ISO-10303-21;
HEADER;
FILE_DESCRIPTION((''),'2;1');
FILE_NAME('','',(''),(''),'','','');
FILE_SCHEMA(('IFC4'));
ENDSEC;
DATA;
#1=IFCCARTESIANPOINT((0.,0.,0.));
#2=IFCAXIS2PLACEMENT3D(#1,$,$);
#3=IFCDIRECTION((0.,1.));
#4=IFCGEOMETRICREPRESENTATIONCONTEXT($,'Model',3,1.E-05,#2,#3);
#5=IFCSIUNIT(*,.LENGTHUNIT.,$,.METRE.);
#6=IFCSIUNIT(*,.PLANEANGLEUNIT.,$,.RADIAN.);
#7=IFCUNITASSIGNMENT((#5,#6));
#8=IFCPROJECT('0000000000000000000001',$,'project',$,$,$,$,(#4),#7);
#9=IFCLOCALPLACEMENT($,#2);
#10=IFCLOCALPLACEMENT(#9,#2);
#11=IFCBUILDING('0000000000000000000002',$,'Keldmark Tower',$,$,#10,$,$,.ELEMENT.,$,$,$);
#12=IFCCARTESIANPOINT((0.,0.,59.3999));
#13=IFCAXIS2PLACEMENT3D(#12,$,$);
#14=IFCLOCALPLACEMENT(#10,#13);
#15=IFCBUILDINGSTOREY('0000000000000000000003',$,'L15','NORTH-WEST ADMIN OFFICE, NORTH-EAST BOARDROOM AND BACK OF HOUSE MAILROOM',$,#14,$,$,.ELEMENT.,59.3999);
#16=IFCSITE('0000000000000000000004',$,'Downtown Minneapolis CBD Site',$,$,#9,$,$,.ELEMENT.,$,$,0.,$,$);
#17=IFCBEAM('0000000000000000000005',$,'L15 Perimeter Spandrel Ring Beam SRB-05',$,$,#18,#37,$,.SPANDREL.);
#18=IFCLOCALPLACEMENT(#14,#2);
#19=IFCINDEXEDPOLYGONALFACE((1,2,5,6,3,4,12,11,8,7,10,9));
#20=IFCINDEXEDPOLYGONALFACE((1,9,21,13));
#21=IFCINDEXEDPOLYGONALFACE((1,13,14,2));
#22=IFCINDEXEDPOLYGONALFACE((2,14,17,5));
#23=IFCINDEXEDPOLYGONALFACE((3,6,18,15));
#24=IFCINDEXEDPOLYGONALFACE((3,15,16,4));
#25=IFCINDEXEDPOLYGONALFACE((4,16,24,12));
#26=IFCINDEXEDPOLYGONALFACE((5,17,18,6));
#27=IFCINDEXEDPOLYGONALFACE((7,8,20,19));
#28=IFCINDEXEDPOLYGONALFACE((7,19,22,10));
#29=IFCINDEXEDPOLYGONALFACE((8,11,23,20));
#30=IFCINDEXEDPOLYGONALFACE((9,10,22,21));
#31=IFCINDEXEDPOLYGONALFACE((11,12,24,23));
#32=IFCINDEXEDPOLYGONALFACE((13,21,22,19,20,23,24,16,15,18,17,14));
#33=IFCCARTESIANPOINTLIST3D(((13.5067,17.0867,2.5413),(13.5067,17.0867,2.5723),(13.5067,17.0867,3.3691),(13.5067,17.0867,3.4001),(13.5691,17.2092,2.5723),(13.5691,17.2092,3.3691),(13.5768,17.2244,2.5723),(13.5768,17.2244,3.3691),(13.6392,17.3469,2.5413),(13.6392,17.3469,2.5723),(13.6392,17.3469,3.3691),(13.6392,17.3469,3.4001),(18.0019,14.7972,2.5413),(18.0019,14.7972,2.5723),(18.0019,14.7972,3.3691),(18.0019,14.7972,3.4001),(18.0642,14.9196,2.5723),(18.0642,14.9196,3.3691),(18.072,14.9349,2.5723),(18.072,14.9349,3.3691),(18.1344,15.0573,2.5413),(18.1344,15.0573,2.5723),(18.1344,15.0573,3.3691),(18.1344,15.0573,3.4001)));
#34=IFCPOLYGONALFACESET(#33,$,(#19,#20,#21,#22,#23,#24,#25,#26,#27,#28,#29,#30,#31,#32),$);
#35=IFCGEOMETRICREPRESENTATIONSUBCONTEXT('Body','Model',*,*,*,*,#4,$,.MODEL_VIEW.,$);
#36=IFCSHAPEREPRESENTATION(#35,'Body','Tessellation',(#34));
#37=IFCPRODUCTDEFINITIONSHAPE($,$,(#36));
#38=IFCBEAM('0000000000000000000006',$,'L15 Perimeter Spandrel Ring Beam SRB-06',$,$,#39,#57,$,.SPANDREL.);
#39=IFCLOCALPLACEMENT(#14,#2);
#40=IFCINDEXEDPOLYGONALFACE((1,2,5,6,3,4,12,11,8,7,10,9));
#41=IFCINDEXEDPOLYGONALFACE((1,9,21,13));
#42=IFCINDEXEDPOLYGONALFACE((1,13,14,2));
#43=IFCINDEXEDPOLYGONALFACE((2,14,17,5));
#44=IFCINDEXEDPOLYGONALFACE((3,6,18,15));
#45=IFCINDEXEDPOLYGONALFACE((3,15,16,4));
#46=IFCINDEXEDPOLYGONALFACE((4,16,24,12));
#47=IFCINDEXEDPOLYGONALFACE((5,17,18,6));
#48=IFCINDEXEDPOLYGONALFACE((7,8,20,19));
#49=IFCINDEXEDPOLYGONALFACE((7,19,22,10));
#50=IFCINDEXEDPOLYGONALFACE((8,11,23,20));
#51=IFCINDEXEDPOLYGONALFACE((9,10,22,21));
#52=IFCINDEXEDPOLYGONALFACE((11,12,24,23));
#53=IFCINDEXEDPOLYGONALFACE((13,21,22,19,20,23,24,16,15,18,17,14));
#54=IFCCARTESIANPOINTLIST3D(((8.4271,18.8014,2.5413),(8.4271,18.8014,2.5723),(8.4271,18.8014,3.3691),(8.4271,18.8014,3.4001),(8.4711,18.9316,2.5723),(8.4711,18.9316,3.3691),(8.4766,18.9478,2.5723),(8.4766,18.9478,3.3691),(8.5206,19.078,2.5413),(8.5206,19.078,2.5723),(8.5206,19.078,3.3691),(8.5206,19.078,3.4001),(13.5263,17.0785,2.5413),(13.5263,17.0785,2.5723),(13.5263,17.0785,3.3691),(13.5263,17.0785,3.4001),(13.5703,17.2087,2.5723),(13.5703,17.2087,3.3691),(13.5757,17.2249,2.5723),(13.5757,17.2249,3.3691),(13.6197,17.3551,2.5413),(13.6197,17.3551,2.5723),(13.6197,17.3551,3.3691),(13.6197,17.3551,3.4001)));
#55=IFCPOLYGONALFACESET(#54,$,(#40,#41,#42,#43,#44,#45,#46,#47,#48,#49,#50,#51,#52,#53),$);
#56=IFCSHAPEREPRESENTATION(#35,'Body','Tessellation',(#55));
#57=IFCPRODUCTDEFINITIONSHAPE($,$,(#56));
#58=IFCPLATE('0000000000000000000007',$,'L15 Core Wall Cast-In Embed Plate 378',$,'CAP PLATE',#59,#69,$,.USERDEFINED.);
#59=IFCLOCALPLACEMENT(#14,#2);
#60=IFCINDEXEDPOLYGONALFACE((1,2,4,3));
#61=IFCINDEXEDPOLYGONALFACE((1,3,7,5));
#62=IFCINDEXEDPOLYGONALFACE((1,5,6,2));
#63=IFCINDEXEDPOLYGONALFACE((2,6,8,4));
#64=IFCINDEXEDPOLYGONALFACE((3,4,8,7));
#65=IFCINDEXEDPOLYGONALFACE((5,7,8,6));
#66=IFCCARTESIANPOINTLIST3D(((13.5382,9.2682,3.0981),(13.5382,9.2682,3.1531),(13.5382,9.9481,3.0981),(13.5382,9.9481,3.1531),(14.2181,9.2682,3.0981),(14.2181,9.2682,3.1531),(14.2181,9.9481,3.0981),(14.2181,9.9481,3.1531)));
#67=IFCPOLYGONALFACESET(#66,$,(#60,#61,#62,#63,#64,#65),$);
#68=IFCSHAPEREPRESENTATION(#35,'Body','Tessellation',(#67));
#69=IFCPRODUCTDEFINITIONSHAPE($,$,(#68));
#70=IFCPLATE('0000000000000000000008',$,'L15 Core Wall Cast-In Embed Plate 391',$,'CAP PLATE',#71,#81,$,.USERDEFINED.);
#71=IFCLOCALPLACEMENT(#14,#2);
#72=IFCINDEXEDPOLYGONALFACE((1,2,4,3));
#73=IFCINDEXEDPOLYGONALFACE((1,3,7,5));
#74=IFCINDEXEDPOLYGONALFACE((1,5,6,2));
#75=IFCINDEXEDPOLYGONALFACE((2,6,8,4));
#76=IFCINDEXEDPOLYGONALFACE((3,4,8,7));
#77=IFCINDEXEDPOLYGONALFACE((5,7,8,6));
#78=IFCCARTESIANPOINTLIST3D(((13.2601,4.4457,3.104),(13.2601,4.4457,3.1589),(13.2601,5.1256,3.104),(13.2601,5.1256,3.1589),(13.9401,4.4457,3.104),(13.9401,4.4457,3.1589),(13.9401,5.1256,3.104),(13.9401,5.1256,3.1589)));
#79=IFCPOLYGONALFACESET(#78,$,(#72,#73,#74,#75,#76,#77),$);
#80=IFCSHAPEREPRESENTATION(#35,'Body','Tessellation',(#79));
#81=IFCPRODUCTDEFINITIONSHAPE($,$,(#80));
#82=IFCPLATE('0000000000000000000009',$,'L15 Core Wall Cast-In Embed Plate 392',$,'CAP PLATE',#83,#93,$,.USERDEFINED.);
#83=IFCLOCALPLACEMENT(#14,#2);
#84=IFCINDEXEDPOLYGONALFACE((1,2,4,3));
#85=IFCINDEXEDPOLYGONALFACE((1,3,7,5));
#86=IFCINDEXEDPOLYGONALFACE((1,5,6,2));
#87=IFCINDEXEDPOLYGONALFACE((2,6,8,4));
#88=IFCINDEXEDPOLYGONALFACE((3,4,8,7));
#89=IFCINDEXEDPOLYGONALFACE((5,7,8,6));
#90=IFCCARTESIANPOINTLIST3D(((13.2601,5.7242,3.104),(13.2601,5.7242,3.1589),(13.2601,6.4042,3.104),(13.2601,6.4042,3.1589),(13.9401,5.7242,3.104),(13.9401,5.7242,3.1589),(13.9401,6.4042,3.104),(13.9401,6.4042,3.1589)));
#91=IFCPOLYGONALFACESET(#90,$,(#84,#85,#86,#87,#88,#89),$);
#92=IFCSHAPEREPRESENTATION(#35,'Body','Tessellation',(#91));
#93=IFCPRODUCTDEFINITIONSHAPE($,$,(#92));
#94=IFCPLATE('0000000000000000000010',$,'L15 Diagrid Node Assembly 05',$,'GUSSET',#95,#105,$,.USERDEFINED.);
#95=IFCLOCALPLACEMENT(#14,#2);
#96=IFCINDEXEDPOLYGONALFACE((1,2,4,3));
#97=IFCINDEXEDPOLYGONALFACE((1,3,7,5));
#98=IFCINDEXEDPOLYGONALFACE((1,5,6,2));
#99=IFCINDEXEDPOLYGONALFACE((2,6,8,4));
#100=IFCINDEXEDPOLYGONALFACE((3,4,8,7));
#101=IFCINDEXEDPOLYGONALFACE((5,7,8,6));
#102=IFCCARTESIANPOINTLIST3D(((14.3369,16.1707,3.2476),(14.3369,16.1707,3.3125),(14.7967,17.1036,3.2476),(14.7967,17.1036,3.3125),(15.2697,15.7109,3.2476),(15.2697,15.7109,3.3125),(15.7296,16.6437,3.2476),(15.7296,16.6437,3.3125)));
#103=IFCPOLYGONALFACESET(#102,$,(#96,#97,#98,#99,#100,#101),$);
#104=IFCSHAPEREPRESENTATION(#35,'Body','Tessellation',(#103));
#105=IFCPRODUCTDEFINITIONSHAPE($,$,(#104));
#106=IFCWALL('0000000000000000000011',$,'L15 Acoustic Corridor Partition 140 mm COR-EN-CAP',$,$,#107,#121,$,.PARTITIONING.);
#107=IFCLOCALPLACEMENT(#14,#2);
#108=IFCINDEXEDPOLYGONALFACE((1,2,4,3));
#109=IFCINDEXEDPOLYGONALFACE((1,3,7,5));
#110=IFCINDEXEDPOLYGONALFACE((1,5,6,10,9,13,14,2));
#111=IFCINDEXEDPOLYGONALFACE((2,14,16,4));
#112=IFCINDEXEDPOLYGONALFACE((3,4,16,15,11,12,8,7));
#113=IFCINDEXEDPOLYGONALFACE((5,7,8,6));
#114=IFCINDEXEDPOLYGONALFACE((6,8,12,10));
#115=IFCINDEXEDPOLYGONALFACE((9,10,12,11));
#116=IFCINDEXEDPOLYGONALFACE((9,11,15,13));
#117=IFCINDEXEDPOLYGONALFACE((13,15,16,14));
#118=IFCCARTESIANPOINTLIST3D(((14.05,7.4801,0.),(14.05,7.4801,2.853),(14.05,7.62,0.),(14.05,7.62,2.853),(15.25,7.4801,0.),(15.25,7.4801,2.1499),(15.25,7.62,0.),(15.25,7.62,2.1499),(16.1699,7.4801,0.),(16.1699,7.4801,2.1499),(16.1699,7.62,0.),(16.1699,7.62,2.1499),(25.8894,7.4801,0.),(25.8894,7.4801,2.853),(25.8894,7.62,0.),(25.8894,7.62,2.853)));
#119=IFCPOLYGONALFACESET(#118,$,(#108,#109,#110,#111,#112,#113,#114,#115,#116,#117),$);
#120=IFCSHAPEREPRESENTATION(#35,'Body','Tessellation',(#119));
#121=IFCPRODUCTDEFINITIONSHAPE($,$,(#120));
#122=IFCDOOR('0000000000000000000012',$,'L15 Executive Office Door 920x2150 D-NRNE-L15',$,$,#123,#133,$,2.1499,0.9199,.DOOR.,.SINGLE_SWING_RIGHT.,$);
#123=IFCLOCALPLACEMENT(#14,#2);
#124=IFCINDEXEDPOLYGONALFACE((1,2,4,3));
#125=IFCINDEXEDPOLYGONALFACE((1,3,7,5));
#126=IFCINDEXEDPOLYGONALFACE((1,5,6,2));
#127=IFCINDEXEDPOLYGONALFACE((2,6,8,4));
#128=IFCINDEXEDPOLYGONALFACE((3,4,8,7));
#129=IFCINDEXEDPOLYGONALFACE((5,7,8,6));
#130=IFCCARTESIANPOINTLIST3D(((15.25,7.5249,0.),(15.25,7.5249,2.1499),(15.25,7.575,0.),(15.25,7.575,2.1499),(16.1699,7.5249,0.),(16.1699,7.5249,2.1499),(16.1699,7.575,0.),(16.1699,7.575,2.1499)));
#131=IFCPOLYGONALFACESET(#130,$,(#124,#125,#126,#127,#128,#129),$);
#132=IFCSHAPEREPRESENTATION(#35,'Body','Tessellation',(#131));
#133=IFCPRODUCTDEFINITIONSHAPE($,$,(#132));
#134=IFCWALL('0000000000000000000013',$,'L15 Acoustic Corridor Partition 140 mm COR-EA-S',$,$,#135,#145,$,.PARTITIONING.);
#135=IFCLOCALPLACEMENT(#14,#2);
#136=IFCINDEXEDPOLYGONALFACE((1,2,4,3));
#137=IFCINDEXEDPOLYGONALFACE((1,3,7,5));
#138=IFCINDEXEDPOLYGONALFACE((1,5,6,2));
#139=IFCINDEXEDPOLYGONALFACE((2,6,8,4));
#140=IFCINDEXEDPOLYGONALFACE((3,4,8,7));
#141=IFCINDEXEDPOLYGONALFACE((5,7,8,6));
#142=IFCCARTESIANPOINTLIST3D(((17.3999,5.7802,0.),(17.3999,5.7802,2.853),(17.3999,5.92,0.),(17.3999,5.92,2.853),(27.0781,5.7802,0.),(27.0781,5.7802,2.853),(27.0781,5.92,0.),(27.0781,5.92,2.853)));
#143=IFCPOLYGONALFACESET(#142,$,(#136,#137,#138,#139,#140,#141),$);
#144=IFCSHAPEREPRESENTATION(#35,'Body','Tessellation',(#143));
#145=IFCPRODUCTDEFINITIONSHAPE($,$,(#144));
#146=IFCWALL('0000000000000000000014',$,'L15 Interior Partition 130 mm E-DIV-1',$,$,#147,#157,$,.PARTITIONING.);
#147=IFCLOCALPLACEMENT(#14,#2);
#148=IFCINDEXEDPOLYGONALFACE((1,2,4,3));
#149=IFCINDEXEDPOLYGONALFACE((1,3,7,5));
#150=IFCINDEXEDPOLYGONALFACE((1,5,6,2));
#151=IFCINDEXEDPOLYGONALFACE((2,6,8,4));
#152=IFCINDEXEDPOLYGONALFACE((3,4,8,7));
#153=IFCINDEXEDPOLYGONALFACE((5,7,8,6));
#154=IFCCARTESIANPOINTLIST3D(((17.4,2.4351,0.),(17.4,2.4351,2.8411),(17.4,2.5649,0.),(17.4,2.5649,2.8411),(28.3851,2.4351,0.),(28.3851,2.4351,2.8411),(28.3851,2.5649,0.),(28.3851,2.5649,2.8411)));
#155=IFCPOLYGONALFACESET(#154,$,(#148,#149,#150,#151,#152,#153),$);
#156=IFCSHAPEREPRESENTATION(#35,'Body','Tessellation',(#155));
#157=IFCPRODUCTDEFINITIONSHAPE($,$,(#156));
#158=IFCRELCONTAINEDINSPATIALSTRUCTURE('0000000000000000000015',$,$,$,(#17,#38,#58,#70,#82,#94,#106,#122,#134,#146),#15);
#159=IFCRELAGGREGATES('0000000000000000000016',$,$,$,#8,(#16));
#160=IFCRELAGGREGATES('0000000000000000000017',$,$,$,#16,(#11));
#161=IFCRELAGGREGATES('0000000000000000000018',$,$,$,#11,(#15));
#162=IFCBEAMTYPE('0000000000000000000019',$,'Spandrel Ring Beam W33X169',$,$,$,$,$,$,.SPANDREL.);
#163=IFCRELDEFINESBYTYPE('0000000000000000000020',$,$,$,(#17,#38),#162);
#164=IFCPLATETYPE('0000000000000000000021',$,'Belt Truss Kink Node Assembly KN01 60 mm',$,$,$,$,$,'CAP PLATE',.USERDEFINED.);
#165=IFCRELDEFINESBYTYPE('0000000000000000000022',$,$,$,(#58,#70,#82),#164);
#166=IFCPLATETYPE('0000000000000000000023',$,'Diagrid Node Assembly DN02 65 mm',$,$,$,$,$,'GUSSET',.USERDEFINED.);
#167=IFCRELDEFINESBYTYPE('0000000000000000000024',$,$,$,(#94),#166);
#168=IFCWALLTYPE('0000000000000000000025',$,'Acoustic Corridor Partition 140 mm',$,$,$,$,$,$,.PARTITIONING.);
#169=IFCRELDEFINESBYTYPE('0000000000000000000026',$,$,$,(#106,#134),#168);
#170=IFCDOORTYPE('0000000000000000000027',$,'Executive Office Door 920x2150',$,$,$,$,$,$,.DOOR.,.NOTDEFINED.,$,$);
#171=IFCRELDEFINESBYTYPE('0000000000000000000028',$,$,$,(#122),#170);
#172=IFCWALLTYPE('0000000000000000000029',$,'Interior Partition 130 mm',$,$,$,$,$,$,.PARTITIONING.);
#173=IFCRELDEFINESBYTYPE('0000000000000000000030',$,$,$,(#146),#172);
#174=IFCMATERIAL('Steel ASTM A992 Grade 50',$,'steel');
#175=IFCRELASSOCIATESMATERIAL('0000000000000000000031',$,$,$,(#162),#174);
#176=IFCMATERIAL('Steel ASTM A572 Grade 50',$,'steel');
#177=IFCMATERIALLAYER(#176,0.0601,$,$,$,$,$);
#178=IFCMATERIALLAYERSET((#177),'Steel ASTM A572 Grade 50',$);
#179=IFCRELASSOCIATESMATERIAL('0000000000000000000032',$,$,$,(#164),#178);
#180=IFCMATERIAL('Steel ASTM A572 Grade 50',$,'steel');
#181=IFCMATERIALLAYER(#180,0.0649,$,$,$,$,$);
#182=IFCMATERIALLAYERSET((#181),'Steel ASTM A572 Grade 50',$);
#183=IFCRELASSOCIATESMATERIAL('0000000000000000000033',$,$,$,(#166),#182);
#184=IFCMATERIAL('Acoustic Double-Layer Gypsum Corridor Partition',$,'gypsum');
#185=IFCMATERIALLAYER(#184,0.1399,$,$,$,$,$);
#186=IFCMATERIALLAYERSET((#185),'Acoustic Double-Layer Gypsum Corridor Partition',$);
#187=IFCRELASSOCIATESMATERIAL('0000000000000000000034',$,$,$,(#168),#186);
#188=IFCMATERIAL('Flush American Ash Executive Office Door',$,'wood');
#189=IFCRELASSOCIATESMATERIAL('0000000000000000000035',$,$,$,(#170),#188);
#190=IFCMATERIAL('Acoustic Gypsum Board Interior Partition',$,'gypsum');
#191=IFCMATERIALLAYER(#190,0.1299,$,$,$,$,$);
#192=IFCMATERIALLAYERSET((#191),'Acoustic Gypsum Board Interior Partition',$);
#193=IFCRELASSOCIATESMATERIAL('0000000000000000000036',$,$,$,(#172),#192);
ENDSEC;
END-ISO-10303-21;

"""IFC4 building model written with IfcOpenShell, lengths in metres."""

from ifc_helpers import new_model, si_unit, direction, frame, frame_2d, origin, origin_2d, place, context, subcontext, project, spatial, rectangle, i_section, extrude, material, layer, layer_set, material_profile, profile_set, type_object, element, fill, save


model = new_model("IFC4")

# Units and contexts
model_context = context("Model", 3, precision=1e-05, world=origin(), true_north=direction((0.0, 1.0)))
body_context = subcontext(model_context, "Body", "Model", "MODEL_VIEW")
ifc_project = project(units=[si_unit("LENGTHUNIT", "METRE"), si_unit("PLANEANGLEUNIT", "RADIAN")], contexts=[model_context])

# Site, building, storey
site_placement = place(None, origin())
site = spatial("IfcSite", under=ifc_project, at=site_placement, Name="Downtown Minneapolis CBD Site", CompositionType="ELEMENT", RefElevation=0.0)
building_placement = place(site_placement, origin())
building = spatial("IfcBuilding", under=site, at=building_placement, Name="Keldmark Tower", CompositionType="ELEMENT")
storey_placement = place(building_placement, frame((0.0, 0.0, 59.3999)))
storey = spatial("IfcBuildingStorey", under=building, at=storey_placement, Name="L15", Description="NORTH-WEST ADMIN OFFICE, NORTH-EAST BOARDROOM AND BACK OF HOUSE MAILROOM", CompositionType="ELEMENT", Elevation=59.3999)

# Beams
ifc_material_1 = material(Name="Steel ASTM A992 Grade 50", Category="steel")
ifc_material_profile_1 = material_profile(ifc_material_1, i_section(OverallWidth=0.292, OverallDepth=0.8589, WebThickness=0.0171, FlangeThickness=0.031, at=origin_2d()), Name="W33X169")
ifc_profile_set_1 = profile_set([ifc_material_profile_1], Name="Steel ASTM A992 Grade 50")
beam_type_1 = type_object("IfcBeamType", Name="Spandrel Ring Beam W33X169", PredefinedType="SPANDREL", material=ifc_profile_set_1)
beam_1_placement = place(storey_placement, frame((18.0681, 14.9272, 2.9707), z_axis=(-0.891073, 0.453861, 0.0), x_axis=(-0.453861, -0.891073, 0.0)))
element("IfcBeam", 1, at=beam_1_placement, inside=storey, type_object=beam_type_1, Name="L15 Perimeter Spandrel Ring Beam SRB-05", PredefinedType="SPANDREL", context=body_context, shape_type="SweptSolid", body=[
    extrude(i_section(OverallWidth=0.292, OverallDepth=0.8589, WebThickness=0.0171, FlangeThickness=0.031, at=origin_2d()), origin(), (0.0, 0.0, 1.0), 5.0447),
])
beam_2_placement = place(storey_placement, frame((13.573, 17.2168, 2.9707), z_axis=(-0.947383, 0.320103, 0.0), x_axis=(-0.320103, -0.947383, 0.0)))
element("IfcBeam", 2, at=beam_2_placement, inside=storey, type_object=beam_type_1, Name="L15 Perimeter Spandrel Ring Beam SRB-06", PredefinedType="SPANDREL", context=body_context, shape_type="SweptSolid", body=[
    extrude(i_section(OverallWidth=0.292, OverallDepth=0.8589, WebThickness=0.0171, FlangeThickness=0.031, at=origin_2d()), origin(), (0.0, 0.0, 1.0), 5.3823),
])

# Plates
ifc_material_2 = material(Name="Steel ASTM A572 Grade 50", Category="steel")
ifc_layer_1 = layer(ifc_material_2, 0.0601)
ifc_layer_set_1 = layer_set([ifc_layer_1], Name="Steel ASTM A572 Grade 50")
plate_type_1 = type_object("IfcPlateType", Name="Belt Truss Kink Node Assembly KN01 60 mm", ElementType="CAP PLATE", PredefinedType="USERDEFINED", material=ifc_layer_set_1)
for number, where, z_axis, x_axis, name in (
    (3, (13.8782, 9.6082, 3.0981), (0.0, 0.0, 1.0), (1.0, 0.0, 0.0), "L15 Core Wall Cast-In Embed Plate 378"),
    (4, (13.6001, 4.7856, 3.104), (0.0, 0.0, 1.0), (1.0, 0.0, 0.0), "L15 Core Wall Cast-In Embed Plate 391"),
    (5, (13.6001, 6.0642, 3.104), (0.0, 0.0, 1.0), (1.0, 0.0, 0.0), "L15 Core Wall Cast-In Embed Plate 392"),
):
    element("IfcPlate", number, at=place(storey_placement, frame(where, z_axis=z_axis, x_axis=x_axis)), inside=storey, type_object=plate_type_1, Name=name, ObjectType="CAP PLATE", PredefinedType="USERDEFINED", context=body_context, shape_type="SweptSolid", body=[
        extrude(rectangle(XDim=0.6799, YDim=0.6799, at=origin_2d()), origin(), (0.0, 0.0, 1.0), 0.0549),
    ])
ifc_material_3 = material(Name="Steel ASTM A572 Grade 50", Category="steel")
ifc_layer_2 = layer(ifc_material_3, 0.0649)
ifc_layer_set_2 = layer_set([ifc_layer_2], Name="Steel ASTM A572 Grade 50")
plate_type_2 = type_object("IfcPlateType", Name="Diagrid Node Assembly DN02 65 mm", ElementType="GUSSET", PredefinedType="USERDEFINED", material=ifc_layer_set_2)
plate_placement = place(storey_placement, frame((15.0332, 16.4072, 3.2476), z_axis=(0.0, 0.0, 1.0), x_axis=(-0.89695, 0.442132, 0.0)))
element("IfcPlate", 6, at=plate_placement, inside=storey, type_object=plate_type_2, Name="L15 Diagrid Node Assembly 05", ObjectType="GUSSET", PredefinedType="USERDEFINED", context=body_context, shape_type="SweptSolid", body=[
    extrude(rectangle(XDim=1.04, YDim=1.04, at=origin_2d()), origin(), (0.0, 0.0, 1.0), 0.0649),
])

# Wall, opening, door
ifc_material_4 = material(Name="Acoustic Double-Layer Gypsum Corridor Partition", Category="gypsum")
ifc_layer_3 = layer(ifc_material_4, 0.1399)
ifc_layer_set_3 = layer_set([ifc_layer_3], Name="Acoustic Double-Layer Gypsum Corridor Partition")
wall_type_1 = type_object("IfcWallType", Name="Acoustic Corridor Partition 140 mm", PredefinedType="PARTITIONING", material=ifc_layer_set_3)
wall_1_placement = place(storey_placement, frame((14.05, 7.55, 0.0), z_axis=(0.0, 0.0, 1.0), x_axis=(1.0, 0.0, 0.0)))
wall_1 = element("IfcWall", 7, at=wall_1_placement, inside=storey, type_object=wall_type_1, Name="L15 Acoustic Corridor Partition 140 mm COR-EN-CAP", PredefinedType="PARTITIONING", context=body_context, shape_type="SweptSolid", body=[
    extrude(rectangle(XDim=11.8394, YDim=0.1399, at=frame_2d((5.9197, 0.0))), origin(), (0.0, 0.0, 1.0), 2.853),
])
opening_1_placement = place(wall_1_placement, frame((1.2, 0.0, 0.0)))
opening_1 = element("IfcOpeningElement", 8, at=opening_1_placement, cuts=wall_1, PredefinedType="OPENING", context=body_context, shape_type="SweptSolid", body=[
    extrude(rectangle(XDim=0.9199, YDim=2.1499, at=frame_2d((0.46, 1.075))), frame((0.0, 0.0798, 0.0), z_axis=(0.0, -1.0, 0.0), x_axis=(1.0, 0.0, 0.0)), (0.0, 0.0, 1.0), 0.1599),
])
ifc_material_5 = material(Name="Flush American Ash Executive Office Door", Category="wood")
door_type = type_object("IfcDoorType", Name="Executive Office Door 920x2150", OperationType="NOTDEFINED", PredefinedType="DOOR", material=ifc_material_5)
door_placement = place(opening_1_placement, origin())
door = element("IfcDoor", 9, at=door_placement, inside=storey, type_object=door_type, Name="L15 Executive Office Door 920x2150 D-NRNE-L15", OperationType="SINGLE_SWING_RIGHT", OverallHeight=2.1499, OverallWidth=0.9199, PredefinedType="DOOR", context=body_context, shape_type="SweptSolid", body=[
    extrude(rectangle(XDim=0.9199, YDim=2.1499, at=frame_2d((0.46, 1.075))), frame((0.0, 0.0249, 0.0), z_axis=(0.0, -1.0, 0.0), x_axis=(1.0, 0.0, 0.0)), (0.0, 0.0, 1.0), 0.05),
])
fill(opening_1, door)

# Walls
wall_2_placement = place(storey_placement, frame((17.3999, 5.8501, 0.0), z_axis=(0.0, 0.0, 1.0), x_axis=(1.0, 0.0, 0.0)))
element("IfcWall", 10, at=wall_2_placement, inside=storey, type_object=wall_type_1, Name="L15 Acoustic Corridor Partition 140 mm COR-EA-S", PredefinedType="PARTITIONING", context=body_context, shape_type="SweptSolid", body=[
    extrude(rectangle(XDim=9.6782, YDim=0.1399, at=frame_2d((4.8391, 0.0))), origin(), (0.0, 0.0, 1.0), 2.853),
])
ifc_material_6 = material(Name="Acoustic Gypsum Board Interior Partition", Category="gypsum")
ifc_layer_4 = layer(ifc_material_6, 0.1299)
ifc_layer_set_4 = layer_set([ifc_layer_4], Name="Acoustic Gypsum Board Interior Partition")
wall_type_2 = type_object("IfcWallType", Name="Interior Partition 130 mm", PredefinedType="PARTITIONING", material=ifc_layer_set_4)
wall_3_placement = place(storey_placement, frame((17.3999, 2.5, 0.0), z_axis=(0.0, 0.0, 1.0), x_axis=(1.0, 0.0, 0.0)))
element("IfcWall", 11, at=wall_3_placement, inside=storey, type_object=wall_type_2, Name="L15 Interior Partition 130 mm E-DIV-1", PredefinedType="PARTITIONING", context=body_context, shape_type="SweptSolid", body=[
    extrude(rectangle(XDim=10.9851, YDim=0.1299, at=frame_2d((5.4927, 0.0))), origin(), (0.0, 0.0, 1.0), 2.8411),
])

save(model, "model.ifc")
